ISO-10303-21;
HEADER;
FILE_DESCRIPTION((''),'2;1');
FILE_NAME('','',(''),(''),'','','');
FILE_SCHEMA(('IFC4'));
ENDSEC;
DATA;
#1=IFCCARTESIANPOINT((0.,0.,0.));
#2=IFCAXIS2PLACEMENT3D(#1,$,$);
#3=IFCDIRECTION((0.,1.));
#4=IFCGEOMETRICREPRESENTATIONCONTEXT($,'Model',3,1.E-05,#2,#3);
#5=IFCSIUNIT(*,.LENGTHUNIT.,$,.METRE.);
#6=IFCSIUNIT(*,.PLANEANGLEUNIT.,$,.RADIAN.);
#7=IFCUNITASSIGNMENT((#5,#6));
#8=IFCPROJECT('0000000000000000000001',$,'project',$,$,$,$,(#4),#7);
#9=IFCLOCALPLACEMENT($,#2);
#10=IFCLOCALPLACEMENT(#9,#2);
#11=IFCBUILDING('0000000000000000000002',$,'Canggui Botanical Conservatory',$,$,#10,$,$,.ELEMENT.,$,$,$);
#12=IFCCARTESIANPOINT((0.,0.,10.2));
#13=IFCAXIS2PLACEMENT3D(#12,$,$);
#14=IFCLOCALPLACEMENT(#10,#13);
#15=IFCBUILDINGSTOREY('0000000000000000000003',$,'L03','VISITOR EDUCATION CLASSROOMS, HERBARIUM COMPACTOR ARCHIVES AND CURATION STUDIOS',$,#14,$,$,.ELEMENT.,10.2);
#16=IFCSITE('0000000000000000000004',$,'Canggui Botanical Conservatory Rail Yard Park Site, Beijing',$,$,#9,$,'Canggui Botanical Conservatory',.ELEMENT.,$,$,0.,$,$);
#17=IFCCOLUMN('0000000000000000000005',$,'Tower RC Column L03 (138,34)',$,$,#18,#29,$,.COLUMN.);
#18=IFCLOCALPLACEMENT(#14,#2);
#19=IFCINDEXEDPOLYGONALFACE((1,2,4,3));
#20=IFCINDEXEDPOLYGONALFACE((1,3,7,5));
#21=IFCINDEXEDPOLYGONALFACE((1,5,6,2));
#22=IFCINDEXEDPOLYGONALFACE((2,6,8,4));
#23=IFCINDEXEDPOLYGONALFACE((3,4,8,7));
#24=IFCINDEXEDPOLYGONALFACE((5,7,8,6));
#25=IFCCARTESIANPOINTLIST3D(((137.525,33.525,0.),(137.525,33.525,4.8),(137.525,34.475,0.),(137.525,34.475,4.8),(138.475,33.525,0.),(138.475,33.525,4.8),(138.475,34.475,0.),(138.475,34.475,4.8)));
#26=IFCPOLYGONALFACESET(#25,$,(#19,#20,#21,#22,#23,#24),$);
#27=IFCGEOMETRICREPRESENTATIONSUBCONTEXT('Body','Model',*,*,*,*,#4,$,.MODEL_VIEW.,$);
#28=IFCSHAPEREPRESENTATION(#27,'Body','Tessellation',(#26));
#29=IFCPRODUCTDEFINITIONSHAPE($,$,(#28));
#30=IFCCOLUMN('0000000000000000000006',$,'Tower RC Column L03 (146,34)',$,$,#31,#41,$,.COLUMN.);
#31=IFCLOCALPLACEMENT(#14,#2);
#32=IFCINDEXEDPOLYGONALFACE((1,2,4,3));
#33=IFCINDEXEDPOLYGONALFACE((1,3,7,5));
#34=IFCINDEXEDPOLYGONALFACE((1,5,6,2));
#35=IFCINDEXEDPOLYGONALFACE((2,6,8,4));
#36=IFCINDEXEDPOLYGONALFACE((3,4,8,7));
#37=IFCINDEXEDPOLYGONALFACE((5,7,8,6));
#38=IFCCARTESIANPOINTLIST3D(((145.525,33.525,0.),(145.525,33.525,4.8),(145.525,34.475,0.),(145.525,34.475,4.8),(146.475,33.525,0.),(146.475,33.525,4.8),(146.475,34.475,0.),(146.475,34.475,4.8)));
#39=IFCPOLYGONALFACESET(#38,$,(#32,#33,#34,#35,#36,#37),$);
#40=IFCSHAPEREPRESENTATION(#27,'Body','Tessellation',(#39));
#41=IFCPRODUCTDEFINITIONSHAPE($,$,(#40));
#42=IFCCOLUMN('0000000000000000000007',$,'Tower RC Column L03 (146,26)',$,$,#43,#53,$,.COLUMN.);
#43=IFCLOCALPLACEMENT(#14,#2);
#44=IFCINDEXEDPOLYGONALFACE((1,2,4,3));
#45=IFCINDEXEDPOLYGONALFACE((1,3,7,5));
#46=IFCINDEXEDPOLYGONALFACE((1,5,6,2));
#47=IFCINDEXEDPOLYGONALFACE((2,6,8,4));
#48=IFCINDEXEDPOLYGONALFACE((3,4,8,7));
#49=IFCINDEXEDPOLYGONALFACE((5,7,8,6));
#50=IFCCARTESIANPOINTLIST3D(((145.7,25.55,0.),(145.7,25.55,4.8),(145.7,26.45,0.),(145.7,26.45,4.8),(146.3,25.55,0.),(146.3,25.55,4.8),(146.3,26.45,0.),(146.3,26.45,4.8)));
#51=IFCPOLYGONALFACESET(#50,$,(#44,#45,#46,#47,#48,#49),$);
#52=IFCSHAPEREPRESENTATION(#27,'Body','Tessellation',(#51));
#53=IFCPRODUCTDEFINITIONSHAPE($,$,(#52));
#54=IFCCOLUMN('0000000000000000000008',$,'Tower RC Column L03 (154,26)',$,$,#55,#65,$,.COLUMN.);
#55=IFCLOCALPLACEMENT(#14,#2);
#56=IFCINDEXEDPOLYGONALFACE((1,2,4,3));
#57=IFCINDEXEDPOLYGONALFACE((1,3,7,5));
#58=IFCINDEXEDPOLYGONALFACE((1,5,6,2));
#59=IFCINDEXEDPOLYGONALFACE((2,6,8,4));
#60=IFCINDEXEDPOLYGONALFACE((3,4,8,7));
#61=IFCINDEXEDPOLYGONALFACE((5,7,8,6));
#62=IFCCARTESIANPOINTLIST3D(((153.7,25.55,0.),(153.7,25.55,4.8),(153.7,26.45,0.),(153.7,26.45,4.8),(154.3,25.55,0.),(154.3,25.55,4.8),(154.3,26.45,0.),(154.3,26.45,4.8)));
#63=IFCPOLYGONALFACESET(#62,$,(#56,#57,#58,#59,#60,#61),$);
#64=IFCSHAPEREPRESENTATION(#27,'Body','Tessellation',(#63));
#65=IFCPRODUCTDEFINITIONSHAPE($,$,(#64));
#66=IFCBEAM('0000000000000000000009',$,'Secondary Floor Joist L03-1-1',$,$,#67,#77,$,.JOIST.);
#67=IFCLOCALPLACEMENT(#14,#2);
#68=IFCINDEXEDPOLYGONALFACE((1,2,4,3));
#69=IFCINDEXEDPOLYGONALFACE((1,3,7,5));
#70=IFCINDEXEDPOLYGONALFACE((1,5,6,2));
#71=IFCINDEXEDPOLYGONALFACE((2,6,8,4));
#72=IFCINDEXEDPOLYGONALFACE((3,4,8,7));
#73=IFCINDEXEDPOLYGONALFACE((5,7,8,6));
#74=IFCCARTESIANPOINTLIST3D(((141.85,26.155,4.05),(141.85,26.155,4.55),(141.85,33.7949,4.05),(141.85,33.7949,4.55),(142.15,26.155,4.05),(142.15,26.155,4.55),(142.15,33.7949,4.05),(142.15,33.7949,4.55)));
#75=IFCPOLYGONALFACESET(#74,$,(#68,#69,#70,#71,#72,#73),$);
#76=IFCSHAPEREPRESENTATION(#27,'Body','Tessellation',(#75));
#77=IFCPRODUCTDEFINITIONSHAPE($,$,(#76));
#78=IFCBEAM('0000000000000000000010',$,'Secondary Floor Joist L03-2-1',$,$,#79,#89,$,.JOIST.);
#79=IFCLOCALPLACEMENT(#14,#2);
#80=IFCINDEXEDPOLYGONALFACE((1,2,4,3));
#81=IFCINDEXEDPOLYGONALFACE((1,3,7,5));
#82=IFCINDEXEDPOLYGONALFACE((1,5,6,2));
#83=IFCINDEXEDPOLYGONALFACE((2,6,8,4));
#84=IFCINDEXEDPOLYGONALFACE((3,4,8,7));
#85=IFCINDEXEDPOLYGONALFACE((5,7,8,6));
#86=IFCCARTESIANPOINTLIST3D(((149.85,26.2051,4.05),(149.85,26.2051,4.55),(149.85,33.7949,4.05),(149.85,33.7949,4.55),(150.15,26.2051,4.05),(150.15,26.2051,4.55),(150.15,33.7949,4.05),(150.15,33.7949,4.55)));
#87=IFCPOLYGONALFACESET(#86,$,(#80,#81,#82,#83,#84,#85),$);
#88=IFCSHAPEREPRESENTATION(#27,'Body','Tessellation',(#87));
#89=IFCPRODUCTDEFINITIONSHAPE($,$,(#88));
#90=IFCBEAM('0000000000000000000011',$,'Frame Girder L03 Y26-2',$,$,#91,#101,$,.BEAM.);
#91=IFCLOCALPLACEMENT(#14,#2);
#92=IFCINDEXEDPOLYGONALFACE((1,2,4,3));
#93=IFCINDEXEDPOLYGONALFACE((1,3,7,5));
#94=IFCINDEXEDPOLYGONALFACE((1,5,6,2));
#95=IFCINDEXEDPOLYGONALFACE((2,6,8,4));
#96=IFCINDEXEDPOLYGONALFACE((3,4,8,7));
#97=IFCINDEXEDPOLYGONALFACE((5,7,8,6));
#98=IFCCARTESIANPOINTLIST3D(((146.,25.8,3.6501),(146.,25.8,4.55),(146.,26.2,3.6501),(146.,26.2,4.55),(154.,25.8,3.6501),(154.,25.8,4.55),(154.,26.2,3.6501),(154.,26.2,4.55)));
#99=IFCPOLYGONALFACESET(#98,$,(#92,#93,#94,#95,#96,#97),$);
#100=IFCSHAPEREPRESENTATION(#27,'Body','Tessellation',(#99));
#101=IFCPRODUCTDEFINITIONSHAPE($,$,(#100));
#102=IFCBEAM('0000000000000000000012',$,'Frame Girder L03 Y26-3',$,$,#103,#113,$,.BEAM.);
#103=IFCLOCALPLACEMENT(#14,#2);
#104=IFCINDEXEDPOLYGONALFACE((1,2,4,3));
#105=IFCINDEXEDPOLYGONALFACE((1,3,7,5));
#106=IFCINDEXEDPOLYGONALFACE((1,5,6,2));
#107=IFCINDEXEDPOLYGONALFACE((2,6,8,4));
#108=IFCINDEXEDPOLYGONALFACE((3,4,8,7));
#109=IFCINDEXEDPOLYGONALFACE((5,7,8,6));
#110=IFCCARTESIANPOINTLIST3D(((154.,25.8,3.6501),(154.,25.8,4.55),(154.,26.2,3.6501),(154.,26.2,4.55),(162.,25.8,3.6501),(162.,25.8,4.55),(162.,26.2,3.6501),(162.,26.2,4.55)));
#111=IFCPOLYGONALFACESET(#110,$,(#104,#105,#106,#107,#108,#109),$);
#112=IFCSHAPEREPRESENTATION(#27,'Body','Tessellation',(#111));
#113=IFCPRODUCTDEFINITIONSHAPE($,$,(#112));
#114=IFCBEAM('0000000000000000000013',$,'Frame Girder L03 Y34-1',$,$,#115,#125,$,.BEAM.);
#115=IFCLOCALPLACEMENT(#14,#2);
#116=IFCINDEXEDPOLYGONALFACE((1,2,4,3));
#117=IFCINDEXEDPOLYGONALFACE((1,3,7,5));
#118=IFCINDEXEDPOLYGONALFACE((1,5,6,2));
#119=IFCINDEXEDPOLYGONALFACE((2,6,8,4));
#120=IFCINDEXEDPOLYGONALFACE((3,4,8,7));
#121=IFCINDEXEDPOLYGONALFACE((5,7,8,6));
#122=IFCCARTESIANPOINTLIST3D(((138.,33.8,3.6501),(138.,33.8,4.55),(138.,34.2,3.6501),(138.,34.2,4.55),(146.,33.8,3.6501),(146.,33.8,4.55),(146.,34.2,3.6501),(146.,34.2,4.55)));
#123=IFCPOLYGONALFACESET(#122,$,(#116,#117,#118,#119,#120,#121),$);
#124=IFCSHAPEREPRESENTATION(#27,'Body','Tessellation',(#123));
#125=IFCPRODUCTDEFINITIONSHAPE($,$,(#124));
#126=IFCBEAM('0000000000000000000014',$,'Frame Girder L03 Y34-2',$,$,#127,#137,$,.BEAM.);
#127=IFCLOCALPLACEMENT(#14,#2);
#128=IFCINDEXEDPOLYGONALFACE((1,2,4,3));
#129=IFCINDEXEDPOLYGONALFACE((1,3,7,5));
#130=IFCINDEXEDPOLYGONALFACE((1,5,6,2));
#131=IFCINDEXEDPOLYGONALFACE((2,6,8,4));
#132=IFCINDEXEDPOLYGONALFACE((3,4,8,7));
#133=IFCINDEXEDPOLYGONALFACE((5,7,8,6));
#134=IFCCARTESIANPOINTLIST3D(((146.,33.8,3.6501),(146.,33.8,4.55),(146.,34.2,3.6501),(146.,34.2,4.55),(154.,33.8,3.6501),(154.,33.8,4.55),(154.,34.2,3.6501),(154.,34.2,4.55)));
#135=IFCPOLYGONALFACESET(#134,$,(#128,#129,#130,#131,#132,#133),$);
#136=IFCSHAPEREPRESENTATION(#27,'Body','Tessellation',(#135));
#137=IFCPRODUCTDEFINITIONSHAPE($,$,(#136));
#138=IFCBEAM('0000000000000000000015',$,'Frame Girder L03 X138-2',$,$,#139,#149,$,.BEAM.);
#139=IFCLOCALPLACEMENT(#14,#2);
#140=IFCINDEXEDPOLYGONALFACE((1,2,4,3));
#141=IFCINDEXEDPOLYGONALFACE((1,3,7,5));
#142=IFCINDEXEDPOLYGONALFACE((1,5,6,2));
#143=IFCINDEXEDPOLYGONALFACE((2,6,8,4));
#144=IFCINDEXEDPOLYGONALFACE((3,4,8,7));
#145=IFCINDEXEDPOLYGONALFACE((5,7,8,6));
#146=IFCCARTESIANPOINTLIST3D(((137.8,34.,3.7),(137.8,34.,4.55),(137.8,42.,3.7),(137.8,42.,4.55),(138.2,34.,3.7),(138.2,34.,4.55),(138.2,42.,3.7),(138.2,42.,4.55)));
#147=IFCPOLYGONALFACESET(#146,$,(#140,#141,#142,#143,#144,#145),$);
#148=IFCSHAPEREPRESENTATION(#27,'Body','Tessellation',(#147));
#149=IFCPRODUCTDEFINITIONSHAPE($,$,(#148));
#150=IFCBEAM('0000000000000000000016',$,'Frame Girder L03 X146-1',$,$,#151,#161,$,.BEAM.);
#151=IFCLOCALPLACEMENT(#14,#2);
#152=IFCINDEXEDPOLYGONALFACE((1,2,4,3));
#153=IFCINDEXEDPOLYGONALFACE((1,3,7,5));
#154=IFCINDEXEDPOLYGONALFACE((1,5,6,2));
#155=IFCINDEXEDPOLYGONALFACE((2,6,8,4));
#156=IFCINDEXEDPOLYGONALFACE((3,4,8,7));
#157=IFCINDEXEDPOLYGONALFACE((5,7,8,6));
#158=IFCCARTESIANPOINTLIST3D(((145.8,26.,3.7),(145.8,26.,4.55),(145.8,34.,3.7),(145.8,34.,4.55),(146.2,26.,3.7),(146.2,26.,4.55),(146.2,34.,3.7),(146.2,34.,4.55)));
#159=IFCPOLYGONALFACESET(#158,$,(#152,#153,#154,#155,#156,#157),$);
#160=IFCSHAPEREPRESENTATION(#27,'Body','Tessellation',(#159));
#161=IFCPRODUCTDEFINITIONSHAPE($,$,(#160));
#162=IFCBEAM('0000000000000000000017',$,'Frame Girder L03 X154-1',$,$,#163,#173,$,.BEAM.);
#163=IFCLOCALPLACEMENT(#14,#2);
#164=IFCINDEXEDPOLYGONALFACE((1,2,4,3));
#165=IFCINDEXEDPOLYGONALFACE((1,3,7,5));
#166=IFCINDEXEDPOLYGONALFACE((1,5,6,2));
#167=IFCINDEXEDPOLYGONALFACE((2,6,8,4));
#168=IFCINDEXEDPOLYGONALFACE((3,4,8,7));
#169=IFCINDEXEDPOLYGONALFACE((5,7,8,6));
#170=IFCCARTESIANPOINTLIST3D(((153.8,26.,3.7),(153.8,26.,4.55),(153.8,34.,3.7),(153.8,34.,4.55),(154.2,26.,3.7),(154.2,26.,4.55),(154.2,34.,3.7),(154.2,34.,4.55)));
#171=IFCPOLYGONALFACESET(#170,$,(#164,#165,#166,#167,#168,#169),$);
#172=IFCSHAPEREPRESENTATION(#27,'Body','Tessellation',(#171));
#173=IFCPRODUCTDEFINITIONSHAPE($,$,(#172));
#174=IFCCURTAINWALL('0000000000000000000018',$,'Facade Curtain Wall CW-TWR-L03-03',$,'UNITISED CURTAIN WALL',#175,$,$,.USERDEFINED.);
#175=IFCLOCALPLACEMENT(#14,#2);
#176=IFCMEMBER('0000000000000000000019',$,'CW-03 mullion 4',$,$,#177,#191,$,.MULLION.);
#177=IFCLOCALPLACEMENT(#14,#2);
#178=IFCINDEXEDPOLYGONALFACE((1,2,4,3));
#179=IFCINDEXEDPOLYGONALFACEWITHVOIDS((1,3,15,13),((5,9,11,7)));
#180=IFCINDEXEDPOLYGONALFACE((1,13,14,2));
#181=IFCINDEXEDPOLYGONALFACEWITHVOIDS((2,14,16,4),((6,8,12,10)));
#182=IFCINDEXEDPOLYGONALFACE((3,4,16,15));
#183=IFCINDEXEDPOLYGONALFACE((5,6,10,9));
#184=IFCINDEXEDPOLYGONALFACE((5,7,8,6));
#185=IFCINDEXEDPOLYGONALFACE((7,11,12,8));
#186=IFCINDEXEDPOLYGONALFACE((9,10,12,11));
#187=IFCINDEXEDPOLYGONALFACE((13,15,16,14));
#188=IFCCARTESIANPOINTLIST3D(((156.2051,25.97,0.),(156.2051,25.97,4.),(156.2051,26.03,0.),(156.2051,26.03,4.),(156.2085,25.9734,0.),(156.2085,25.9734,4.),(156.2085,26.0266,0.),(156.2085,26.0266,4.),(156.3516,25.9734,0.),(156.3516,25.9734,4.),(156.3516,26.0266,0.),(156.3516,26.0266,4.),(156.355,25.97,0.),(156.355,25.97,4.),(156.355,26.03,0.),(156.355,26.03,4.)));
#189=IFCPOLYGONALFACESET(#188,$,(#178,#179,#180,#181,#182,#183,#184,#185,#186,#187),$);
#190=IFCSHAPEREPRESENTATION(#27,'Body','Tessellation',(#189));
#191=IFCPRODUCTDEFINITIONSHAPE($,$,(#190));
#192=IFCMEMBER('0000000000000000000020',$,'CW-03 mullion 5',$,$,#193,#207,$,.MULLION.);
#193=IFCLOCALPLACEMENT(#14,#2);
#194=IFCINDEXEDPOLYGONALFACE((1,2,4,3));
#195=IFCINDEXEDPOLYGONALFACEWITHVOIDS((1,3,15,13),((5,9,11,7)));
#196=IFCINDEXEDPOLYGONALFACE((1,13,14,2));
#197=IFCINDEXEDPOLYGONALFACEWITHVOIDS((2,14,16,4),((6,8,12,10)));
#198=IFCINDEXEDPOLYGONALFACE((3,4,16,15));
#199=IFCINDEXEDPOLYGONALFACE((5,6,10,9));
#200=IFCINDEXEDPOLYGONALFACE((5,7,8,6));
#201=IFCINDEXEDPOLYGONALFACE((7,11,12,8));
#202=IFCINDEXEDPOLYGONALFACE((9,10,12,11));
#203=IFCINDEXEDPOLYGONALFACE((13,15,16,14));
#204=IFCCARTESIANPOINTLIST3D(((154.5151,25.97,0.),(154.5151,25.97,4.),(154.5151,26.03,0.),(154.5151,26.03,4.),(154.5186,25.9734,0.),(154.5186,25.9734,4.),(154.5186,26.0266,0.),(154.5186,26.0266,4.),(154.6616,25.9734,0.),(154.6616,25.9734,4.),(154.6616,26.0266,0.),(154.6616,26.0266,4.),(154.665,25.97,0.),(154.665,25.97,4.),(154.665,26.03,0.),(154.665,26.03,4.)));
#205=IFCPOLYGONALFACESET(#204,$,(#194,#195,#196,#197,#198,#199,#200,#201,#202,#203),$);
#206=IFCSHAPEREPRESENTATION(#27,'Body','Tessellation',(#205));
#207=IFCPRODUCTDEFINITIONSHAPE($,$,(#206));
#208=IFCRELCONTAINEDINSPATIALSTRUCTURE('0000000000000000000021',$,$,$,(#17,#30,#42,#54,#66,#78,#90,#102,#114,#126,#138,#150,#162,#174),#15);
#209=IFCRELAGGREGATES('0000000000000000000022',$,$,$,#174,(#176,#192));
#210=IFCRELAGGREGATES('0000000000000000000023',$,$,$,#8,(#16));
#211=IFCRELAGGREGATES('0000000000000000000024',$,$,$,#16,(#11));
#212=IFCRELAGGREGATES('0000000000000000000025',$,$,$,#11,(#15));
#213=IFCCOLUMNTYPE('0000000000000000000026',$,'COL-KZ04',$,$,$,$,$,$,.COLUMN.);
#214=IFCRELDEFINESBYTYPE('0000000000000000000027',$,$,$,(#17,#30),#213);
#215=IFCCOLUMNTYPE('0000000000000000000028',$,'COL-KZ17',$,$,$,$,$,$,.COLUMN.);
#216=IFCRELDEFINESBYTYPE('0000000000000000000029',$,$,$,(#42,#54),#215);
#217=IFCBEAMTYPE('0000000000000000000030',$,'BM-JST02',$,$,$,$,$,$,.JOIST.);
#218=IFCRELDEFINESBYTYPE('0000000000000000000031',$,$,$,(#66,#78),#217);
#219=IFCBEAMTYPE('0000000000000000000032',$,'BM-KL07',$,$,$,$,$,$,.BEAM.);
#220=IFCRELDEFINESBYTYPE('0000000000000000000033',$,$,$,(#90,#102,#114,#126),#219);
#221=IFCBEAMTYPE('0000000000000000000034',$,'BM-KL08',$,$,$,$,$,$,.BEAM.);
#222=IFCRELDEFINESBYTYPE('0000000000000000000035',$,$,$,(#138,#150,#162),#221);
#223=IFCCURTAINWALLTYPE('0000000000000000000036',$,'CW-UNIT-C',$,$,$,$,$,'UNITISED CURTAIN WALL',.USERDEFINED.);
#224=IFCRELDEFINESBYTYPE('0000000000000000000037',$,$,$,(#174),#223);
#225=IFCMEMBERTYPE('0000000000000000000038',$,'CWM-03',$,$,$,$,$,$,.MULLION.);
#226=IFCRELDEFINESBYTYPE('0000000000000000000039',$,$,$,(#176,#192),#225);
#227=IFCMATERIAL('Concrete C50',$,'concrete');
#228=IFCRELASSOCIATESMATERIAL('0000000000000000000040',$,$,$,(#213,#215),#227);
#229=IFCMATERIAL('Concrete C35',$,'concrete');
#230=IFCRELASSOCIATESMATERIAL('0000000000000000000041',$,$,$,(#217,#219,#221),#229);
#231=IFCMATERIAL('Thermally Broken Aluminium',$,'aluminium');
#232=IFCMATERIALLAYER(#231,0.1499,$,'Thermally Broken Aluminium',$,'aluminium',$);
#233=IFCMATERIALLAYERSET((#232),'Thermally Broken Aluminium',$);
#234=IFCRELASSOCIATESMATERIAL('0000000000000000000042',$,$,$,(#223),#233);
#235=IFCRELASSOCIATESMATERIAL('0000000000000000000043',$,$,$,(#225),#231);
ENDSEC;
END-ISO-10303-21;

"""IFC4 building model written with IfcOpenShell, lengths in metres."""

from ifc_helpers import new_model, si_unit, direction, frame, origin, origin_2d, place, context, subcontext, project, spatial, rectangle, hollow_rectangle, extrude, material, layer, layer_set, material_profile, profile_set, type_object, element, aggregate, save


model = new_model("IFC4")

# Units and contexts
model_context = context("Model", 3, precision=1e-05, world=origin(), true_north=direction((0.0, 1.0)))
body_context = subcontext(model_context, "Body", "Model", "MODEL_VIEW")
ifc_project = project(units=[si_unit("LENGTHUNIT", "METRE"), si_unit("PLANEANGLEUNIT", "RADIAN")], contexts=[model_context])

# Site, building, storey
site_placement = place(None, origin())
site = spatial("IfcSite", under=ifc_project, at=site_placement, Name="Canggui Botanical Conservatory Rail Yard Park Site, Beijing", LongName="Canggui Botanical Conservatory", CompositionType="ELEMENT", RefElevation=0.0)
building_placement = place(site_placement, origin())
building = spatial("IfcBuilding", under=site, at=building_placement, Name="Canggui Botanical Conservatory", CompositionType="ELEMENT")
storey_placement = place(building_placement, frame((0.0, 0.0, 10.2)))
storey = spatial("IfcBuildingStorey", under=building, at=storey_placement, Name="L03", Description="VISITOR EDUCATION CLASSROOMS, HERBARIUM COMPACTOR ARCHIVES AND CURATION STUDIOS", CompositionType="ELEMENT", Elevation=10.2)

# Columns
ifc_material_1 = material(Name="Concrete C50", Category="concrete")
ifc_material_profile_1 = material_profile(ifc_material_1, rectangle(XDim=0.95, YDim=0.95, at=origin_2d()), Name="RC 950x950")
ifc_profile_set_1 = profile_set([ifc_material_profile_1], Name="Concrete C50")
column_type_1 = type_object("IfcColumnType", Name="COL-KZ04", PredefinedType="COLUMN", material=ifc_profile_set_1)
for number, where, z_axis, x_axis, name in (
    (1, (138.0, 34.0, 0.0), (0.0, 0.0, 1.0), (1.0, 0.0, 0.0), "Tower RC Column L03 (138,34)"),
    (2, (146.0, 34.0, 0.0), (0.0, 0.0, 1.0), (1.0, 0.0, 0.0), "Tower RC Column L03 (146,34)"),
):
    element("IfcColumn", number, at=place(storey_placement, frame(where, z_axis=z_axis, x_axis=x_axis)), inside=storey, type_object=column_type_1, Name=name, PredefinedType="COLUMN", context=body_context, shape_type="SweptSolid", body=[
        extrude(rectangle(XDim=0.95, YDim=0.95, at=origin_2d()), origin(), (0.0, 0.0, 1.0), 4.8),
    ])
ifc_material_profile_2 = material_profile(ifc_material_1, rectangle(XDim=0.6001, YDim=0.8999, at=origin_2d()), Name="RC 600x900")
ifc_profile_set_2 = profile_set([ifc_material_profile_2], Name="Concrete C50")
column_type_2 = type_object("IfcColumnType", Name="COL-KZ17", PredefinedType="COLUMN", material=ifc_profile_set_2)
for number, where, z_axis, x_axis, name in (
    (3, (146.0, 26.0, 0.0), (0.0, 0.0, 1.0), (1.0, 0.0, 0.0), "Tower RC Column L03 (146,26)"),
    (4, (154.0, 26.0, 0.0), (0.0, 0.0, 1.0), (1.0, 0.0, 0.0), "Tower RC Column L03 (154,26)"),
):
    element("IfcColumn", number, at=place(storey_placement, frame(where, z_axis=z_axis, x_axis=x_axis)), inside=storey, type_object=column_type_2, Name=name, PredefinedType="COLUMN", context=body_context, shape_type="SweptSolid", body=[
        extrude(rectangle(XDim=0.6001, YDim=0.8999, at=origin_2d()), origin(), (0.0, 0.0, 1.0), 4.8),
    ])

# Beams
ifc_material_2 = material(Name="Concrete C35", Category="concrete")
ifc_material_profile_3 = material_profile(ifc_material_2, rectangle(XDim=0.3, YDim=0.5, at=origin_2d()), Name="RB 300x500")
ifc_profile_set_3 = profile_set([ifc_material_profile_3], Name="Concrete C35")
beam_type_1 = type_object("IfcBeamType", Name="BM-JST02", PredefinedType="JOIST", material=ifc_profile_set_3)
beam_1_placement = place(storey_placement, frame((142.0, 26.155, 4.3), z_axis=(0.0, 1.0, 0.0), x_axis=(-1.0, 0.0, 0.0)))
element("IfcBeam", 5, at=beam_1_placement, inside=storey, type_object=beam_type_1, Name="Secondary Floor Joist L03-1-1", PredefinedType="JOIST", context=body_context, shape_type="SweptSolid", body=[
    extrude(rectangle(XDim=0.3, YDim=0.5, at=origin_2d()), origin(), (0.0, 0.0, 1.0), 7.6399),
])
beam_2_placement = place(storey_placement, frame((150.0, 26.2051, 4.3), z_axis=(0.0, 1.0, 0.0), x_axis=(-1.0, 0.0, 0.0)))
element("IfcBeam", 6, at=beam_2_placement, inside=storey, type_object=beam_type_1, Name="Secondary Floor Joist L03-2-1", PredefinedType="JOIST", context=body_context, shape_type="SweptSolid", body=[
    extrude(rectangle(XDim=0.3, YDim=0.5, at=origin_2d()), origin(), (0.0, 0.0, 1.0), 7.5898),
])
ifc_material_profile_4 = material_profile(ifc_material_2, rectangle(XDim=0.3999, YDim=0.8999, at=origin_2d()), Name="RB 400x900")
ifc_profile_set_4 = profile_set([ifc_material_profile_4], Name="Concrete C35")
beam_type_2 = type_object("IfcBeamType", Name="BM-KL07", PredefinedType="BEAM", material=ifc_profile_set_4)
for number, where, z_axis, x_axis, name in (
    (7, (146.0, 26.0, 4.1001), (1.0, 0.0, 0.0), (0.0, 1.0, 0.0), "Frame Girder L03 Y26-2"),
    (8, (154.0, 26.0, 4.1001), (1.0, 0.0, 0.0), (0.0, 1.0, 0.0), "Frame Girder L03 Y26-3"),
    (9, (138.0, 34.0, 4.1001), (1.0, 0.0, 0.0), (0.0, 1.0, 0.0), "Frame Girder L03 Y34-1"),
    (10, (146.0, 34.0, 4.1001), (1.0, 0.0, 0.0), (0.0, 1.0, 0.0), "Frame Girder L03 Y34-2"),
):
    element("IfcBeam", number, at=place(storey_placement, frame(where, z_axis=z_axis, x_axis=x_axis)), inside=storey, type_object=beam_type_2, Name=name, PredefinedType="BEAM", context=body_context, shape_type="SweptSolid", body=[
        extrude(rectangle(XDim=0.3999, YDim=0.8999, at=origin_2d()), origin(), (0.0, 0.0, 1.0), 8.0),
    ])
ifc_material_profile_5 = material_profile(ifc_material_2, rectangle(XDim=0.3999, YDim=0.8501, at=origin_2d()), Name="RB 400x850")
ifc_profile_set_5 = profile_set([ifc_material_profile_5], Name="Concrete C35")
beam_type_3 = type_object("IfcBeamType", Name="BM-KL08", PredefinedType="BEAM", material=ifc_profile_set_5)
for number, where, z_axis, x_axis, name in (
    (11, (138.0, 34.0, 4.125), (0.0, 1.0, 0.0), (-1.0, 0.0, 0.0), "Frame Girder L03 X138-2"),
    (12, (146.0, 26.0, 4.125), (0.0, 1.0, 0.0), (-1.0, 0.0, 0.0), "Frame Girder L03 X146-1"),
    (13, (154.0, 26.0, 4.125), (0.0, 1.0, 0.0), (-1.0, 0.0, 0.0), "Frame Girder L03 X154-1"),
):
    element("IfcBeam", number, at=place(storey_placement, frame(where, z_axis=z_axis, x_axis=x_axis)), inside=storey, type_object=beam_type_3, Name=name, PredefinedType="BEAM", context=body_context, shape_type="SweptSolid", body=[
        extrude(rectangle(XDim=0.3999, YDim=0.8501, at=origin_2d()), origin(), (0.0, 0.0, 1.0), 8.0),
    ])

# Curtain wall, members
ifc_material_3 = material(Name="Thermally Broken Aluminium", Category="aluminium")
ifc_layer_1 = layer(ifc_material_3, 0.1499, Name="Thermally Broken Aluminium", Category="aluminium")
ifc_layer_set_1 = layer_set([ifc_layer_1], Name="Thermally Broken Aluminium")
curtain_wall_type = type_object("IfcCurtainWallType", Name="CW-UNIT-C", ElementType="UNITISED CURTAIN WALL", PredefinedType="USERDEFINED", material=ifc_layer_set_1)
curtain_wall_1_placement = place(storey_placement, origin())
curtain_wall_1 = element("IfcCurtainWall", 14, at=curtain_wall_1_placement, inside=storey, type_object=curtain_wall_type, Name="Facade Curtain Wall CW-TWR-L03-03", ObjectType="UNITISED CURTAIN WALL", PredefinedType="USERDEFINED")
ifc_material_profile_6 = material_profile(ifc_material_3, hollow_rectangle(XDim=0.0601, YDim=0.1499, WallThickness=0.0034, at=origin_2d()), Name="CWM 60x150x3.5")
ifc_profile_set_6 = profile_set([ifc_material_profile_6], Name="Thermally Broken Aluminium")
member_type_1 = type_object("IfcMemberType", Name="CWM-03", PredefinedType="MULLION", material=ifc_profile_set_6)
member_1_placement = place(storey_placement, frame((156.28, 26.0, 0.0), z_axis=(0.0, 0.0, 1.0), x_axis=(0.0, -1.0, 0.0)))
member_1 = element("IfcMember", 15, at=member_1_placement, type_object=member_type_1, Name="CW-03 mullion 4", PredefinedType="MULLION", context=body_context, shape_type="SweptSolid", body=[
    extrude(hollow_rectangle(XDim=0.0601, YDim=0.1499, WallThickness=0.0034, at=origin_2d()), origin(), (0.0, 0.0, 1.0), 4.0),
])
member_2_placement = place(storey_placement, frame((154.5901, 26.0, 0.0), z_axis=(0.0, 0.0, 1.0), x_axis=(0.0, -1.0, 0.0)))
member_2 = element("IfcMember", 16, at=member_2_placement, type_object=member_type_1, Name="CW-03 mullion 5", PredefinedType="MULLION", context=body_context, shape_type="SweptSolid", body=[
    extrude(hollow_rectangle(XDim=0.0601, YDim=0.1499, WallThickness=0.0034, at=origin_2d()), origin(), (0.0, 0.0, 1.0), 4.0),
])

aggregate(curtain_wall_1, [member_1, member_2])

save(model, "model.ifc")
